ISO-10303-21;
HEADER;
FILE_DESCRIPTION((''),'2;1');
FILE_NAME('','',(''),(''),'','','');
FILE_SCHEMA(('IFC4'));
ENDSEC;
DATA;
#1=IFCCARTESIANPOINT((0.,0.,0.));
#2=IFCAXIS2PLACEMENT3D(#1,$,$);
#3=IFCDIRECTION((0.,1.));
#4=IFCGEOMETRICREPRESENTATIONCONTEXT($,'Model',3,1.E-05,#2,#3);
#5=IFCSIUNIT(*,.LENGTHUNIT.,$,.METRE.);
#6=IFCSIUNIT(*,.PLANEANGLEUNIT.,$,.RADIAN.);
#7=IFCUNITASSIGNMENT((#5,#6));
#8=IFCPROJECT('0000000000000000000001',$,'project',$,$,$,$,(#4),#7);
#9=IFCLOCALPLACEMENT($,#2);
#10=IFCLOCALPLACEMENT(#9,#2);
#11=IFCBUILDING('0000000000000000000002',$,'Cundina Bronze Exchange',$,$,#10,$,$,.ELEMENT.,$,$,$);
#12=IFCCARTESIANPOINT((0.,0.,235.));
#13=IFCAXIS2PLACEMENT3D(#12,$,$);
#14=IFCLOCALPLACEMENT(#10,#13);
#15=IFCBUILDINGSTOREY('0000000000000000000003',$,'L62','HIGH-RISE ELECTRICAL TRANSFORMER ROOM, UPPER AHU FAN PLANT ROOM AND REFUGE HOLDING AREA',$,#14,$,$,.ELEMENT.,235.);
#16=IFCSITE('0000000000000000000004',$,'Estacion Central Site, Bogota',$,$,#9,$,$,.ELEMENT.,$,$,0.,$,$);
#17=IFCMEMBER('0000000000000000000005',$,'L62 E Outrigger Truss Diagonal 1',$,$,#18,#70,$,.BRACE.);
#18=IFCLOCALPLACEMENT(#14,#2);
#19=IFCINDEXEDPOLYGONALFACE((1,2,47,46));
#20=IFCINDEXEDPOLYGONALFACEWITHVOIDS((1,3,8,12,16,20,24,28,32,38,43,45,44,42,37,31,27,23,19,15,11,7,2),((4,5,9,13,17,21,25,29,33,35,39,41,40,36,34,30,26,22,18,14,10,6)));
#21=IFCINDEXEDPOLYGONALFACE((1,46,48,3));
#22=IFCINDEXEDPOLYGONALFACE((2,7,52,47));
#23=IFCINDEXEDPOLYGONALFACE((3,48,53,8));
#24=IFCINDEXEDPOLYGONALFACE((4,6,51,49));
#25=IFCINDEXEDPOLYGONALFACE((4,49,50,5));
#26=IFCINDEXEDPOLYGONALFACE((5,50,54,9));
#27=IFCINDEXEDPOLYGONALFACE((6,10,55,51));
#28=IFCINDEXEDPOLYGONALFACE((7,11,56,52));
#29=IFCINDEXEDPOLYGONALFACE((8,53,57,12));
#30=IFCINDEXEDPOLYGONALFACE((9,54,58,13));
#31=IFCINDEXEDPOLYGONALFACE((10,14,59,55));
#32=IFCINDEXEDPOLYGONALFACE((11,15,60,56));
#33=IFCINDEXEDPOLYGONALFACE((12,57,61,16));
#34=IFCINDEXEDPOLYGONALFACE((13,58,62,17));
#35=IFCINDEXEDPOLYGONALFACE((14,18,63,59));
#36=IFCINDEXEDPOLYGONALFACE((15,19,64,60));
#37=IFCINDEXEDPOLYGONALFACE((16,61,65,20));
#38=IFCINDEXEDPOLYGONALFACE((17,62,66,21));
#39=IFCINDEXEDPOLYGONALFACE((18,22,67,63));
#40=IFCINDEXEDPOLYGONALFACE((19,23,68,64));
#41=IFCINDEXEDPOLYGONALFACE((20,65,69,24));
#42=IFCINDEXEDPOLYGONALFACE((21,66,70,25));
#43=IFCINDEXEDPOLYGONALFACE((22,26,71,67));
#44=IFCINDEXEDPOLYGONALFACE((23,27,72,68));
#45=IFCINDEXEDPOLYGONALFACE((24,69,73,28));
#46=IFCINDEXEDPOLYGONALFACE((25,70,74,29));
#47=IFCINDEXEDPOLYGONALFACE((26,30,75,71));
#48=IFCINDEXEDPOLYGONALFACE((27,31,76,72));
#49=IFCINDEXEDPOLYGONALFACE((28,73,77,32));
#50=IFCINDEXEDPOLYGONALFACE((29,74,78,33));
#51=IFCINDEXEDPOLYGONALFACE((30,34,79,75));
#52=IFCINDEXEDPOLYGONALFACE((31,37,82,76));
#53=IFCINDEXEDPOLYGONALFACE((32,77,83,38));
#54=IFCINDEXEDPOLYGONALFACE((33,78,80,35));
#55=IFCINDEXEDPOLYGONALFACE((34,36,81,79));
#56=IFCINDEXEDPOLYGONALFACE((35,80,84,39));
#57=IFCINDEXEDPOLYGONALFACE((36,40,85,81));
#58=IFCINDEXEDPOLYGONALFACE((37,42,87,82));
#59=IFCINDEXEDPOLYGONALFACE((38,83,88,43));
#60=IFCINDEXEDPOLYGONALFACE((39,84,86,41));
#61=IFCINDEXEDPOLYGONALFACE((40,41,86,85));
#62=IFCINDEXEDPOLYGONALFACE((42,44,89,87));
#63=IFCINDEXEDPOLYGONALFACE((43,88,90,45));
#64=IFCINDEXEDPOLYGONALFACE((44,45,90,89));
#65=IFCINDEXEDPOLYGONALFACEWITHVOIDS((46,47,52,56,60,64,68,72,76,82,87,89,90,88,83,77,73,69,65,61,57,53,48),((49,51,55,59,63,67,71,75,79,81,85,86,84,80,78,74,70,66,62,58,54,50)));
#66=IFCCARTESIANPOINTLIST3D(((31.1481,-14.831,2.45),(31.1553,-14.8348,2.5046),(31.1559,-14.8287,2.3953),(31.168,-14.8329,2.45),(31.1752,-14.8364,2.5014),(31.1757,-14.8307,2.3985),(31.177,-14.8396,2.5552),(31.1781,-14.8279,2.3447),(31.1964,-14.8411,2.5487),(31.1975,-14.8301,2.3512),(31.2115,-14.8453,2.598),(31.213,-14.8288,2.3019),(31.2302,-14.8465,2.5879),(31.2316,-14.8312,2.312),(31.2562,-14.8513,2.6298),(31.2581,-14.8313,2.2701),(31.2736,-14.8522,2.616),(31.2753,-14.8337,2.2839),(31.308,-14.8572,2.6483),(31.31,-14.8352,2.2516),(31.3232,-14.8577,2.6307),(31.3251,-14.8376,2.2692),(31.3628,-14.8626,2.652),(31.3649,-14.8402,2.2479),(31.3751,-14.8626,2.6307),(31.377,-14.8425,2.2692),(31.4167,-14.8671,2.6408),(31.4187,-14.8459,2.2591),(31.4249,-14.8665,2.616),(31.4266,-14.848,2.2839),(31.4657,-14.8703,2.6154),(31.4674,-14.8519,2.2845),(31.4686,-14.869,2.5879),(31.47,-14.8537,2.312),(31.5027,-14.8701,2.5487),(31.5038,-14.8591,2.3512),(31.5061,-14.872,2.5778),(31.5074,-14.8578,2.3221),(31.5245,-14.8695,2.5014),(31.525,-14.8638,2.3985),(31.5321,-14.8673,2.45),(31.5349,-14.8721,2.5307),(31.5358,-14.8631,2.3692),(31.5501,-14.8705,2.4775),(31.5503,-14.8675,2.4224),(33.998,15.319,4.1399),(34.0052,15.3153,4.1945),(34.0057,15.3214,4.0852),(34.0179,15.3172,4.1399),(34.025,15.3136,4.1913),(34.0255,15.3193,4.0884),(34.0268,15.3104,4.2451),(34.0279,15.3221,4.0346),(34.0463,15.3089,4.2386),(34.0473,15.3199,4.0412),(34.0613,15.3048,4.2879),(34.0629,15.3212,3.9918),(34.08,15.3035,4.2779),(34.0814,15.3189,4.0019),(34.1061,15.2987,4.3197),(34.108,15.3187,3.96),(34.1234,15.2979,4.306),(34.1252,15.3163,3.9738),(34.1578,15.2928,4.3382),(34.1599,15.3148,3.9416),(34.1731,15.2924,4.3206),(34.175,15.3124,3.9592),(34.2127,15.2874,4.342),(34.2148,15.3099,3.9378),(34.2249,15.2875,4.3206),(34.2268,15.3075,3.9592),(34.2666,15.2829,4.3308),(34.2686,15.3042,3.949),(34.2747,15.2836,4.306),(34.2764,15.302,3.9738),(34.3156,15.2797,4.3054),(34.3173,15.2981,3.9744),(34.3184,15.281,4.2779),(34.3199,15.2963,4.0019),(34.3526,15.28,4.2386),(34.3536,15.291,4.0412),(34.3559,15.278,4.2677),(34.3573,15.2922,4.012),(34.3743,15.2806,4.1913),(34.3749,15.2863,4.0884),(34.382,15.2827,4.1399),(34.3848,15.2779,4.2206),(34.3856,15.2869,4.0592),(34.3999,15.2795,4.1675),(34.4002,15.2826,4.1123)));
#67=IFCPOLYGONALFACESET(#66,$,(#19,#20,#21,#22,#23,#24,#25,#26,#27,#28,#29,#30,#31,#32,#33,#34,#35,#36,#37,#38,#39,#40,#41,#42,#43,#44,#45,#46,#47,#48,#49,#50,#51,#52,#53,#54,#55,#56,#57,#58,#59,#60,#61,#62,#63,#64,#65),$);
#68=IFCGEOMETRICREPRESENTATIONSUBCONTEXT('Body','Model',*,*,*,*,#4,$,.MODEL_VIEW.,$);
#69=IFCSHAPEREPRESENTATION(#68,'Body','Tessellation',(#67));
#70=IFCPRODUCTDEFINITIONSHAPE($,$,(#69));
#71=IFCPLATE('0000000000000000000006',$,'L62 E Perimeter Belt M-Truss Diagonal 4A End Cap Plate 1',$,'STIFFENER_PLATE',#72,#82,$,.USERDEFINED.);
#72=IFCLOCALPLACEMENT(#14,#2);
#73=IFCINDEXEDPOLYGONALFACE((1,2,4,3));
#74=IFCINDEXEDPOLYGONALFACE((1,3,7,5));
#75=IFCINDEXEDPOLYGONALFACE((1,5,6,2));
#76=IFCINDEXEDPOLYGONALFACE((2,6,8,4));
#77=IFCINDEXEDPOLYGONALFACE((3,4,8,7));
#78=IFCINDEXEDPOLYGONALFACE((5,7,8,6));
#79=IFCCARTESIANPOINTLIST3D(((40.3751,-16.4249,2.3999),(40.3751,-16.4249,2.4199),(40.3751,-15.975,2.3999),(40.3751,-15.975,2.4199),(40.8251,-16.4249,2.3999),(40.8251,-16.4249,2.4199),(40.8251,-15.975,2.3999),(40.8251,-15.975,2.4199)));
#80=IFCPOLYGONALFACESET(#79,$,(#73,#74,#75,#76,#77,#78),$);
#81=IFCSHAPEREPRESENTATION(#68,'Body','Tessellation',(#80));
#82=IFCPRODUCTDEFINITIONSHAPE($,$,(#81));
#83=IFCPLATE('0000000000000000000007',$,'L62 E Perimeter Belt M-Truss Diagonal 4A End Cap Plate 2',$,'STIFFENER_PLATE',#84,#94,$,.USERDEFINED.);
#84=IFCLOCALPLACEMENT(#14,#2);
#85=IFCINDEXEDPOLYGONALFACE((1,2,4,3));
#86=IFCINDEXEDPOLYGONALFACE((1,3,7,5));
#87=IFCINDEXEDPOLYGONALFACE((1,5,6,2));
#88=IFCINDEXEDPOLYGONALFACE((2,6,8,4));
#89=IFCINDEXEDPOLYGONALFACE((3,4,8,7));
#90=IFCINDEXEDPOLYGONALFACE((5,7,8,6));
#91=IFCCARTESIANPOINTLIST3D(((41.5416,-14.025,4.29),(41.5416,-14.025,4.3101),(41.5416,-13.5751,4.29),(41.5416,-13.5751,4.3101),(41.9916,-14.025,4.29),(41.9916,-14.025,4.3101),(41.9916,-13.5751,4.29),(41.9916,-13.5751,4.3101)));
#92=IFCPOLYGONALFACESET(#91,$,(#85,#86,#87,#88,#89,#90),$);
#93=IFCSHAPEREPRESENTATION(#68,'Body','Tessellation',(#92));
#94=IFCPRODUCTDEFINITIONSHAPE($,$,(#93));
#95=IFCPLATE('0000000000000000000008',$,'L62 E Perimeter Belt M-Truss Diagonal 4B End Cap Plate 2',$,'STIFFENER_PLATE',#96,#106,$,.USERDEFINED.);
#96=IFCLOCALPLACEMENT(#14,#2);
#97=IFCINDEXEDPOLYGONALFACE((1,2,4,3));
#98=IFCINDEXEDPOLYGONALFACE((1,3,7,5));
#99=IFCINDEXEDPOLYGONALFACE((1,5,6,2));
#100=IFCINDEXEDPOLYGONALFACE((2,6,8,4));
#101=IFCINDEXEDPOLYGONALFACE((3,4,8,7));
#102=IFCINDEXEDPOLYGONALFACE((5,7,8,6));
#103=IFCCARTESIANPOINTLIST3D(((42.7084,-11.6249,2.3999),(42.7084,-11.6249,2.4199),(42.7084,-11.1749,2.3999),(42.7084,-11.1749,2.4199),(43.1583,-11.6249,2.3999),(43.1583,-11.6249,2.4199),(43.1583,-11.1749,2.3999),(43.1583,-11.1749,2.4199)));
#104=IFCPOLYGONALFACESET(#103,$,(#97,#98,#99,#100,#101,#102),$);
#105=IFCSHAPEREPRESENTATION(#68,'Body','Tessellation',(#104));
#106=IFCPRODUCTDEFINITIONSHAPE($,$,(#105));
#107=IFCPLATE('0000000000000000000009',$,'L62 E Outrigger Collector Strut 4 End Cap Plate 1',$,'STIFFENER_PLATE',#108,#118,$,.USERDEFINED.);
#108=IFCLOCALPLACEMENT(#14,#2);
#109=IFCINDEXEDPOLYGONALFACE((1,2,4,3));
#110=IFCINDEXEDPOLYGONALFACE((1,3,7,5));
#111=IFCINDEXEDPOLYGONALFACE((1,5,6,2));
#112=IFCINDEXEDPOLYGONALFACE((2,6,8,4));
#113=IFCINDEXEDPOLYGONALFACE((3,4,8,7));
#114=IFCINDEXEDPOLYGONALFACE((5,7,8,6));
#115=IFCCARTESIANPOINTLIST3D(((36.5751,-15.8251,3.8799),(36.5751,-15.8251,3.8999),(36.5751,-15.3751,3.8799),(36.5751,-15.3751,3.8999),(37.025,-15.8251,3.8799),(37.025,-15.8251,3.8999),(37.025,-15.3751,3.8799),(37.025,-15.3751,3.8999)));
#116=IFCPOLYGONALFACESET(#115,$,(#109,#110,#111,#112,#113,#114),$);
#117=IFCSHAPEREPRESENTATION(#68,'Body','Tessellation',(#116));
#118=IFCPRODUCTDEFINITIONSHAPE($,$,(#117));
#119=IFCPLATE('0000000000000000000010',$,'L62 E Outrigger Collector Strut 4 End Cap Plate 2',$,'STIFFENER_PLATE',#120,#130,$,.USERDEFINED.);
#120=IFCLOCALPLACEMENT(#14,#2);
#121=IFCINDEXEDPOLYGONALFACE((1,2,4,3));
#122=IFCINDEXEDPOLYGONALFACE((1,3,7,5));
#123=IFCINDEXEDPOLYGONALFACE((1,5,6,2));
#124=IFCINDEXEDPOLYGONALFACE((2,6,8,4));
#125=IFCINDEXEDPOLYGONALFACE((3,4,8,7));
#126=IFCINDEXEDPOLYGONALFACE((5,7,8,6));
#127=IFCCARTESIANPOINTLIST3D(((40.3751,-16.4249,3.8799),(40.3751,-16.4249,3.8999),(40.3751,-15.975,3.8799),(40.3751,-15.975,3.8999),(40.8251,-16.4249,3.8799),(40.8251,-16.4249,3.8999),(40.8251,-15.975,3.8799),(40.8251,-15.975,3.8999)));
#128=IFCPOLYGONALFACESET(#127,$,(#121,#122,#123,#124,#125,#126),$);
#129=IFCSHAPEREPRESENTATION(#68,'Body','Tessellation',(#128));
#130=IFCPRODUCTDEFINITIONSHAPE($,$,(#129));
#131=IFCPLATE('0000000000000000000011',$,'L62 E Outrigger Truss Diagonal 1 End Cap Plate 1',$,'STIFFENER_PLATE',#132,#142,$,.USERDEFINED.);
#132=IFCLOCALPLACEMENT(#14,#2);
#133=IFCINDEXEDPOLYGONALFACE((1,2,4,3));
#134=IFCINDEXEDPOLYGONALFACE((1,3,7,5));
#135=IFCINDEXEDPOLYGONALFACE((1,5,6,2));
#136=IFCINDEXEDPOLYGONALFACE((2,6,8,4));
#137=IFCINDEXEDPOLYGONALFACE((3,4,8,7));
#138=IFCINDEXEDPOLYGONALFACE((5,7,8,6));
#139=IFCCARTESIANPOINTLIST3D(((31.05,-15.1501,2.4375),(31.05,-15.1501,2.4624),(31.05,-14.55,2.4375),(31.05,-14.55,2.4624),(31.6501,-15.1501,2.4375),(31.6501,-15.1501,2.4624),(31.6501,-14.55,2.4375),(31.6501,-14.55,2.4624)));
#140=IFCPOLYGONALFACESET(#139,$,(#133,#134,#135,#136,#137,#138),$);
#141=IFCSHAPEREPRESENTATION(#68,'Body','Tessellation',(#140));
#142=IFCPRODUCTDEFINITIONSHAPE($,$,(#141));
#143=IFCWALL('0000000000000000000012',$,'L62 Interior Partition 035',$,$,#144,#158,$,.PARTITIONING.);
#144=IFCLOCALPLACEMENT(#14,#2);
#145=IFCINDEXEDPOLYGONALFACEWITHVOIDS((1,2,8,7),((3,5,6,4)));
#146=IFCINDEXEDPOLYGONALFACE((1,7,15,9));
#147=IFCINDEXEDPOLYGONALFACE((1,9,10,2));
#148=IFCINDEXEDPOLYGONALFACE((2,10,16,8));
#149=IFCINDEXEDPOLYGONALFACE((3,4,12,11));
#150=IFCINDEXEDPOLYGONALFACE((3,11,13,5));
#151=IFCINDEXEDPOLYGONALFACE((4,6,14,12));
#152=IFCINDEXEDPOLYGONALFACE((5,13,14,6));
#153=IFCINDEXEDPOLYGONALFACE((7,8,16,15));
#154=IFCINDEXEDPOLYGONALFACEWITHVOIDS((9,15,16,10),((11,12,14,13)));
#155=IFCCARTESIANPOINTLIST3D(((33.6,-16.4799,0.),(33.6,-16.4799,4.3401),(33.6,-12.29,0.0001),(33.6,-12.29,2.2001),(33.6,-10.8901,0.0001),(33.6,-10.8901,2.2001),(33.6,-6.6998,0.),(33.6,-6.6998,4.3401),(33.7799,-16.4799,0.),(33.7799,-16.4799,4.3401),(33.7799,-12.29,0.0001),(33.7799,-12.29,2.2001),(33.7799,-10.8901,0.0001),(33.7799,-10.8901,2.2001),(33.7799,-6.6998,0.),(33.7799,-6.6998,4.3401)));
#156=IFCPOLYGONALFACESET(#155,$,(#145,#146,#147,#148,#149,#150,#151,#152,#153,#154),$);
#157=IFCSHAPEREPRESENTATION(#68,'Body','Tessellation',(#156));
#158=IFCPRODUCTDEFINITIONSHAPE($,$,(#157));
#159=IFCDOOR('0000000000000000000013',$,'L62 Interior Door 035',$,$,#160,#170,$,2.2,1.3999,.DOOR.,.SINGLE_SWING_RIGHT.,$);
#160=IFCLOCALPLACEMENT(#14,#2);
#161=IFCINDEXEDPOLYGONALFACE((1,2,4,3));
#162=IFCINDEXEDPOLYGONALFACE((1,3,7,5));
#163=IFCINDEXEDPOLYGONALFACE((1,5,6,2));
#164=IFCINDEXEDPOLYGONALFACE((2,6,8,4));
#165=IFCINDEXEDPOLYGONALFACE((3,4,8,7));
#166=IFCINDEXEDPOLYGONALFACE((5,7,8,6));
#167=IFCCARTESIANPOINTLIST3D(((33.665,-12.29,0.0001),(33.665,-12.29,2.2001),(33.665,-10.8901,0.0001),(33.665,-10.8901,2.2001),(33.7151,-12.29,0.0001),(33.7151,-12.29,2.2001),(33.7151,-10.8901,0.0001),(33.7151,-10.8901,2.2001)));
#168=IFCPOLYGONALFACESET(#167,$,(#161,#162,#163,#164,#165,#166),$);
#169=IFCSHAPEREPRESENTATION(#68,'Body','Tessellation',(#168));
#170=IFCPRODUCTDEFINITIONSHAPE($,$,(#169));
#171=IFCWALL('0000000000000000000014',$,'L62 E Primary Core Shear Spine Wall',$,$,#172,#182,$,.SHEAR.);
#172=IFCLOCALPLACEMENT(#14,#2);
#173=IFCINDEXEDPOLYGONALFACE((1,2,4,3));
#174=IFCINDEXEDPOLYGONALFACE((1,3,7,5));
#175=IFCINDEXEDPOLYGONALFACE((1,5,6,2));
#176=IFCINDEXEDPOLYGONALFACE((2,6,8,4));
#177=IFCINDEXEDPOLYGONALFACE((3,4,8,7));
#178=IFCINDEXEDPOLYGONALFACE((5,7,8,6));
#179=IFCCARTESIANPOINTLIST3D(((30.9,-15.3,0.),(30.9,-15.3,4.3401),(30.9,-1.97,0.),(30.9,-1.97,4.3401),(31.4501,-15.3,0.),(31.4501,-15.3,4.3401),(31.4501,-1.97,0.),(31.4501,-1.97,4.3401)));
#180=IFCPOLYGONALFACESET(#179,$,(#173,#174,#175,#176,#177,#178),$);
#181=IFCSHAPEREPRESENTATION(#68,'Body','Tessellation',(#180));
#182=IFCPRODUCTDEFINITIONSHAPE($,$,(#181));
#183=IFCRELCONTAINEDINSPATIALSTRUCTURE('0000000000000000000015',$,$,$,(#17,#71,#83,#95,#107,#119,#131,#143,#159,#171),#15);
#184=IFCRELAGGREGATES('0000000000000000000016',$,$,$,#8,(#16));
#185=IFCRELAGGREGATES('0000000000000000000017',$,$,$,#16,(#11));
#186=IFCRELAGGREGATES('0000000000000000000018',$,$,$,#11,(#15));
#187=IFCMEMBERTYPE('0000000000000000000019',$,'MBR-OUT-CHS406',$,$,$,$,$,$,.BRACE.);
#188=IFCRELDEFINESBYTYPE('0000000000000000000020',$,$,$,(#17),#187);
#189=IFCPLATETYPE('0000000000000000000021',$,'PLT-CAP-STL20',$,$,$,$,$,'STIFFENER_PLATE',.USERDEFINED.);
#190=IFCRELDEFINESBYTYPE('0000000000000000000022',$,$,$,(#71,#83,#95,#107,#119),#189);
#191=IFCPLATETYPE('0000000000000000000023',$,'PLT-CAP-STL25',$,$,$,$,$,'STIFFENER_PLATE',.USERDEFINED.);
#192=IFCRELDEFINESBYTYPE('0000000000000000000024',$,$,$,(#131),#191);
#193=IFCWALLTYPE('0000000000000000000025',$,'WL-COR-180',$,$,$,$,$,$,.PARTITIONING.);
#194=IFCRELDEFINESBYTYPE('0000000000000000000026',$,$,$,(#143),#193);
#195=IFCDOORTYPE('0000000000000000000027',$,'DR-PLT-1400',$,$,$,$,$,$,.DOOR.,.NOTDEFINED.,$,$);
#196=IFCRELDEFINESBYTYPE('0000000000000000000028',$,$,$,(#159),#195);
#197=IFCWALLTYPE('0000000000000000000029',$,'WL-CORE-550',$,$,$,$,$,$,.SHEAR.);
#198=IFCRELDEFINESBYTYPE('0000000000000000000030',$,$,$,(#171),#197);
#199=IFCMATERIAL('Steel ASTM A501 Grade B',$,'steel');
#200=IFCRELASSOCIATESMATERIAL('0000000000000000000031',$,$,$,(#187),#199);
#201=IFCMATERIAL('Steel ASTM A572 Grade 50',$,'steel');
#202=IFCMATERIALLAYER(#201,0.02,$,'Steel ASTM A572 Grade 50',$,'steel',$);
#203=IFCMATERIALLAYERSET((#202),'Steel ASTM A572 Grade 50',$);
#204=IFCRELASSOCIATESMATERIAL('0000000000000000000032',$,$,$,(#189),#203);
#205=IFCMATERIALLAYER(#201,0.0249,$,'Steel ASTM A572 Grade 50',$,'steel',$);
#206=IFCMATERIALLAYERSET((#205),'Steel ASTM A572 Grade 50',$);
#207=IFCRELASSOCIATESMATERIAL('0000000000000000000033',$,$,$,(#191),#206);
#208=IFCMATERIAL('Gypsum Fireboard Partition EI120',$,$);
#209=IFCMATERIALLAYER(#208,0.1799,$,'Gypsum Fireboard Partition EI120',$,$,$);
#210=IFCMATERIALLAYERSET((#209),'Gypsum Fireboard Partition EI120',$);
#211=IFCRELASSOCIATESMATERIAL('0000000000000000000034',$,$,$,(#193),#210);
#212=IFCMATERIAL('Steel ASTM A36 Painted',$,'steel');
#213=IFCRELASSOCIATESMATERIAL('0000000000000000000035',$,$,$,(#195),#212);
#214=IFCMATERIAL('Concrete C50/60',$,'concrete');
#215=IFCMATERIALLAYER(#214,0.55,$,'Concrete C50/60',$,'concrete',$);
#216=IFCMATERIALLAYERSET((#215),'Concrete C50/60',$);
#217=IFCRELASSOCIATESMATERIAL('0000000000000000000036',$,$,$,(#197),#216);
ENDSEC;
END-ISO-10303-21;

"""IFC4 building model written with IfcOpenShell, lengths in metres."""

from ifc_helpers import new_model, si_unit, direction, frame, frame_2d, origin, origin_2d, place, context, subcontext, project, spatial, rectangle, hollow_circle, extrude, material, layer, layer_set, material_profile, profile_set, type_object, element, fill, save


model = new_model("IFC4")

# Units and contexts
model_context = context("Model", 3, precision=1e-05, world=origin(), true_north=direction((0.0, 1.0)))
body_context = subcontext(model_context, "Body", "Model", "MODEL_VIEW")
ifc_project = project(units=[si_unit("LENGTHUNIT", "METRE"), si_unit("PLANEANGLEUNIT", "RADIAN")], contexts=[model_context])

# Site, building, storey
site_placement = place(None, origin())
site = spatial("IfcSite", under=ifc_project, at=site_placement, Name="Estacion Central Site, Bogota", CompositionType="ELEMENT", RefElevation=0.0)
building_placement = place(site_placement, origin())
building = spatial("IfcBuilding", under=site, at=building_placement, Name="Cundina Bronze Exchange", CompositionType="ELEMENT")
storey_placement = place(building_placement, frame((0.0, 0.0, 235.0)))
storey = spatial("IfcBuildingStorey", under=building, at=storey_placement, Name="L62", Description="HIGH-RISE ELECTRICAL TRANSFORMER ROOM, UPPER AHU FAN PLANT ROOM AND REFUGE HOLDING AREA", CompositionType="ELEMENT", Elevation=235.0)

# Shared definitions
ifc_material_1 = material(Name="Concrete C50/60", Category="concrete")

# Member
ifc_material_2 = material(Name="Steel ASTM A501 Grade B", Category="steel")
ifc_material_profile_1 = material_profile(ifc_material_2, hollow_circle(Radius=0.2029, WallThickness=0.02, at=origin_2d()), Name="CHS406X20", Category="steel")
ifc_profile_set_1 = profile_set([ifc_material_profile_1], Name="Steel ASTM A501 Grade B")
member_type_1 = type_object("IfcMemberType", Name="MBR-OUT-CHS406", PredefinedType="BRACE", material=ifc_profile_set_1)
member_1_placement = place(storey_placement, frame((31.3501, -14.8501, 2.45), z_axis=(0.093956, 0.994016, 0.055715), x_axis=(-0.995563, 0.094103, 0.0)))
element("IfcMember", 1, at=member_1_placement, inside=storey, type_object=member_type_1, Name="L62 E Outrigger Truss Diagonal 1", PredefinedType="BRACE", context=body_context, shape_type="SweptSolid", body=[
    extrude(hollow_circle(Radius=0.2029, WallThickness=0.02, at=origin_2d()), origin(), (0.0, 0.0, 1.0), 30.3315),
])

# Plates
ifc_material_3 = material(Name="Steel ASTM A572 Grade 50", Category="steel")
ifc_layer_1 = layer(ifc_material_3, 0.02, Name="Steel ASTM A572 Grade 50", Category="steel")
ifc_layer_set_1 = layer_set([ifc_layer_1], Name="Steel ASTM A572 Grade 50")
plate_type_1 = type_object("IfcPlateType", Name="PLT-CAP-STL20", ElementType="STIFFENER_PLATE", PredefinedType="USERDEFINED", material=ifc_layer_set_1)
for number, where, z_axis, x_axis, name in (
    (2, (40.6001, -16.2, 2.3999), (0.0, 0.0, 1.0), (1.0, 0.0, 0.0), "L62 E Perimeter Belt M-Truss Diagonal 4A End Cap Plate 1"),
    (3, (41.7666, -13.8, 4.29), (0.0, 0.0, 1.0), (1.0, 0.0, 0.0), "L62 E Perimeter Belt M-Truss Diagonal 4A End Cap Plate 2"),
    (4, (42.9333, -11.3999, 2.3999), (0.0, 0.0, 1.0), (1.0, 0.0, 0.0), "L62 E Perimeter Belt M-Truss Diagonal 4B End Cap Plate 2"),
    (5, (36.8, -15.6001, 3.8799), (0.0, 0.0, 1.0), (1.0, 0.0, 0.0), "L62 E Outrigger Collector Strut 4 End Cap Plate 1"),
    (6, (40.6001, -16.2, 3.8799), (0.0, 0.0, 1.0), (1.0, 0.0, 0.0), "L62 E Outrigger Collector Strut 4 End Cap Plate 2"),
):
    element("IfcPlate", number, at=place(storey_placement, frame(where, z_axis=z_axis, x_axis=x_axis)), inside=storey, type_object=plate_type_1, Name=name, ObjectType="STIFFENER_PLATE", PredefinedType="USERDEFINED", context=body_context, shape_type="SweptSolid", body=[
        extrude(rectangle(XDim=0.45, YDim=0.45, at=origin_2d()), origin(), (0.0, 0.0, 1.0), 0.02),
    ])
ifc_layer_2 = layer(ifc_material_3, 0.0249, Name="Steel ASTM A572 Grade 50", Category="steel")
ifc_layer_set_2 = layer_set([ifc_layer_2], Name="Steel ASTM A572 Grade 50")
plate_type_2 = type_object("IfcPlateType", Name="PLT-CAP-STL25", ElementType="STIFFENER_PLATE", PredefinedType="USERDEFINED", material=ifc_layer_set_2)
plate_placement = place(storey_placement, frame((31.3501, -14.8501, 2.4375), z_axis=(0.0, 0.0, 1.0), x_axis=(1.0, 0.0, 0.0)))
element("IfcPlate", 7, at=plate_placement, inside=storey, type_object=plate_type_2, Name="L62 E Outrigger Truss Diagonal 1 End Cap Plate 1", ObjectType="STIFFENER_PLATE", PredefinedType="USERDEFINED", context=body_context, shape_type="SweptSolid", body=[
    extrude(rectangle(XDim=0.6001, YDim=0.6001, at=origin_2d()), origin(), (0.0, 0.0, 1.0), 0.0249),
])

# Wall, opening, door
ifc_material_4 = material(Name="Gypsum Fireboard Partition EI120")
ifc_layer_3 = layer(ifc_material_4, 0.1799, Name="Gypsum Fireboard Partition EI120")
ifc_layer_set_3 = layer_set([ifc_layer_3], Name="Gypsum Fireboard Partition EI120")
wall_type_1 = type_object("IfcWallType", Name="WL-COR-180", PredefinedType="PARTITIONING", material=ifc_layer_set_3)
wall_1_placement = place(storey_placement, frame((33.6899, -16.48, 0.0), z_axis=(0.0, 0.0, 1.0), x_axis=(0.0, 1.0, 0.0)))
wall_1 = element("IfcWall", 8, at=wall_1_placement, inside=storey, type_object=wall_type_1, Name="L62 Interior Partition 035", PredefinedType="PARTITIONING", context=body_context, shape_type="SweptSolid", body=[
    extrude(rectangle(XDim=9.78, YDim=0.1799, at=frame_2d((4.8901, 0.0))), origin(), (0.0, 0.0, 1.0), 4.3401),
])
opening_placement = place(wall_1_placement, frame((4.1899, 0.0, 0.0)))
opening = element("IfcOpeningElement", 9, at=opening_placement, cuts=wall_1, PredefinedType="OPENING", context=body_context, shape_type="SweptSolid", body=[
    extrude(rectangle(XDim=1.3999, YDim=2.2, at=frame_2d((0.7, 1.1001))), frame((0.0, 0.0999, 0.0), z_axis=(0.0, -1.0, 0.0), x_axis=(1.0, 0.0, 0.0)), (0.0, 0.0, 1.0), 0.2),
])
ifc_material_5 = material(Name="Steel ASTM A36 Painted", Category="steel")
door_type = type_object("IfcDoorType", Name="DR-PLT-1400", OperationType="NOTDEFINED", PredefinedType="DOOR", material=ifc_material_5)
door_placement = place(opening_placement, origin())
door = element("IfcDoor", 10, at=door_placement, inside=storey, type_object=door_type, Name="L62 Interior Door 035", OperationType="SINGLE_SWING_RIGHT", OverallHeight=2.2, OverallWidth=1.3999, PredefinedType="DOOR", context=body_context, shape_type="SweptSolid", body=[
    extrude(rectangle(XDim=1.3999, YDim=2.2, at=frame_2d((0.7, 1.1001))), frame((0.0, 0.0249, 0.0), z_axis=(0.0, -1.0, 0.0), x_axis=(1.0, 0.0, 0.0)), (0.0, 0.0, 1.0), 0.05),
])
fill(opening, door)

# Wall
ifc_layer_4 = layer(ifc_material_1, 0.55, Name="Concrete C50/60", Category="concrete")
ifc_layer_set_4 = layer_set([ifc_layer_4], Name="Concrete C50/60")
wall_type_2 = type_object("IfcWallType", Name="WL-CORE-550", PredefinedType="SHEAR", material=ifc_layer_set_4)
wall_2_placement = place(storey_placement, frame((31.175, -15.3, 0.0), z_axis=(0.0, 0.0, 1.0), x_axis=(0.0, 1.0, 0.0)))
element("IfcWall", 11, at=wall_2_placement, inside=storey, type_object=wall_type_2, Name="L62 E Primary Core Shear Spine Wall", PredefinedType="SHEAR", context=body_context, shape_type="SweptSolid", body=[
    extrude(rectangle(XDim=13.3301, YDim=0.55, at=frame_2d((6.665, 0.0))), origin(), (0.0, 0.0, 1.0), 4.3401),
])

save(model, "model.ifc")
